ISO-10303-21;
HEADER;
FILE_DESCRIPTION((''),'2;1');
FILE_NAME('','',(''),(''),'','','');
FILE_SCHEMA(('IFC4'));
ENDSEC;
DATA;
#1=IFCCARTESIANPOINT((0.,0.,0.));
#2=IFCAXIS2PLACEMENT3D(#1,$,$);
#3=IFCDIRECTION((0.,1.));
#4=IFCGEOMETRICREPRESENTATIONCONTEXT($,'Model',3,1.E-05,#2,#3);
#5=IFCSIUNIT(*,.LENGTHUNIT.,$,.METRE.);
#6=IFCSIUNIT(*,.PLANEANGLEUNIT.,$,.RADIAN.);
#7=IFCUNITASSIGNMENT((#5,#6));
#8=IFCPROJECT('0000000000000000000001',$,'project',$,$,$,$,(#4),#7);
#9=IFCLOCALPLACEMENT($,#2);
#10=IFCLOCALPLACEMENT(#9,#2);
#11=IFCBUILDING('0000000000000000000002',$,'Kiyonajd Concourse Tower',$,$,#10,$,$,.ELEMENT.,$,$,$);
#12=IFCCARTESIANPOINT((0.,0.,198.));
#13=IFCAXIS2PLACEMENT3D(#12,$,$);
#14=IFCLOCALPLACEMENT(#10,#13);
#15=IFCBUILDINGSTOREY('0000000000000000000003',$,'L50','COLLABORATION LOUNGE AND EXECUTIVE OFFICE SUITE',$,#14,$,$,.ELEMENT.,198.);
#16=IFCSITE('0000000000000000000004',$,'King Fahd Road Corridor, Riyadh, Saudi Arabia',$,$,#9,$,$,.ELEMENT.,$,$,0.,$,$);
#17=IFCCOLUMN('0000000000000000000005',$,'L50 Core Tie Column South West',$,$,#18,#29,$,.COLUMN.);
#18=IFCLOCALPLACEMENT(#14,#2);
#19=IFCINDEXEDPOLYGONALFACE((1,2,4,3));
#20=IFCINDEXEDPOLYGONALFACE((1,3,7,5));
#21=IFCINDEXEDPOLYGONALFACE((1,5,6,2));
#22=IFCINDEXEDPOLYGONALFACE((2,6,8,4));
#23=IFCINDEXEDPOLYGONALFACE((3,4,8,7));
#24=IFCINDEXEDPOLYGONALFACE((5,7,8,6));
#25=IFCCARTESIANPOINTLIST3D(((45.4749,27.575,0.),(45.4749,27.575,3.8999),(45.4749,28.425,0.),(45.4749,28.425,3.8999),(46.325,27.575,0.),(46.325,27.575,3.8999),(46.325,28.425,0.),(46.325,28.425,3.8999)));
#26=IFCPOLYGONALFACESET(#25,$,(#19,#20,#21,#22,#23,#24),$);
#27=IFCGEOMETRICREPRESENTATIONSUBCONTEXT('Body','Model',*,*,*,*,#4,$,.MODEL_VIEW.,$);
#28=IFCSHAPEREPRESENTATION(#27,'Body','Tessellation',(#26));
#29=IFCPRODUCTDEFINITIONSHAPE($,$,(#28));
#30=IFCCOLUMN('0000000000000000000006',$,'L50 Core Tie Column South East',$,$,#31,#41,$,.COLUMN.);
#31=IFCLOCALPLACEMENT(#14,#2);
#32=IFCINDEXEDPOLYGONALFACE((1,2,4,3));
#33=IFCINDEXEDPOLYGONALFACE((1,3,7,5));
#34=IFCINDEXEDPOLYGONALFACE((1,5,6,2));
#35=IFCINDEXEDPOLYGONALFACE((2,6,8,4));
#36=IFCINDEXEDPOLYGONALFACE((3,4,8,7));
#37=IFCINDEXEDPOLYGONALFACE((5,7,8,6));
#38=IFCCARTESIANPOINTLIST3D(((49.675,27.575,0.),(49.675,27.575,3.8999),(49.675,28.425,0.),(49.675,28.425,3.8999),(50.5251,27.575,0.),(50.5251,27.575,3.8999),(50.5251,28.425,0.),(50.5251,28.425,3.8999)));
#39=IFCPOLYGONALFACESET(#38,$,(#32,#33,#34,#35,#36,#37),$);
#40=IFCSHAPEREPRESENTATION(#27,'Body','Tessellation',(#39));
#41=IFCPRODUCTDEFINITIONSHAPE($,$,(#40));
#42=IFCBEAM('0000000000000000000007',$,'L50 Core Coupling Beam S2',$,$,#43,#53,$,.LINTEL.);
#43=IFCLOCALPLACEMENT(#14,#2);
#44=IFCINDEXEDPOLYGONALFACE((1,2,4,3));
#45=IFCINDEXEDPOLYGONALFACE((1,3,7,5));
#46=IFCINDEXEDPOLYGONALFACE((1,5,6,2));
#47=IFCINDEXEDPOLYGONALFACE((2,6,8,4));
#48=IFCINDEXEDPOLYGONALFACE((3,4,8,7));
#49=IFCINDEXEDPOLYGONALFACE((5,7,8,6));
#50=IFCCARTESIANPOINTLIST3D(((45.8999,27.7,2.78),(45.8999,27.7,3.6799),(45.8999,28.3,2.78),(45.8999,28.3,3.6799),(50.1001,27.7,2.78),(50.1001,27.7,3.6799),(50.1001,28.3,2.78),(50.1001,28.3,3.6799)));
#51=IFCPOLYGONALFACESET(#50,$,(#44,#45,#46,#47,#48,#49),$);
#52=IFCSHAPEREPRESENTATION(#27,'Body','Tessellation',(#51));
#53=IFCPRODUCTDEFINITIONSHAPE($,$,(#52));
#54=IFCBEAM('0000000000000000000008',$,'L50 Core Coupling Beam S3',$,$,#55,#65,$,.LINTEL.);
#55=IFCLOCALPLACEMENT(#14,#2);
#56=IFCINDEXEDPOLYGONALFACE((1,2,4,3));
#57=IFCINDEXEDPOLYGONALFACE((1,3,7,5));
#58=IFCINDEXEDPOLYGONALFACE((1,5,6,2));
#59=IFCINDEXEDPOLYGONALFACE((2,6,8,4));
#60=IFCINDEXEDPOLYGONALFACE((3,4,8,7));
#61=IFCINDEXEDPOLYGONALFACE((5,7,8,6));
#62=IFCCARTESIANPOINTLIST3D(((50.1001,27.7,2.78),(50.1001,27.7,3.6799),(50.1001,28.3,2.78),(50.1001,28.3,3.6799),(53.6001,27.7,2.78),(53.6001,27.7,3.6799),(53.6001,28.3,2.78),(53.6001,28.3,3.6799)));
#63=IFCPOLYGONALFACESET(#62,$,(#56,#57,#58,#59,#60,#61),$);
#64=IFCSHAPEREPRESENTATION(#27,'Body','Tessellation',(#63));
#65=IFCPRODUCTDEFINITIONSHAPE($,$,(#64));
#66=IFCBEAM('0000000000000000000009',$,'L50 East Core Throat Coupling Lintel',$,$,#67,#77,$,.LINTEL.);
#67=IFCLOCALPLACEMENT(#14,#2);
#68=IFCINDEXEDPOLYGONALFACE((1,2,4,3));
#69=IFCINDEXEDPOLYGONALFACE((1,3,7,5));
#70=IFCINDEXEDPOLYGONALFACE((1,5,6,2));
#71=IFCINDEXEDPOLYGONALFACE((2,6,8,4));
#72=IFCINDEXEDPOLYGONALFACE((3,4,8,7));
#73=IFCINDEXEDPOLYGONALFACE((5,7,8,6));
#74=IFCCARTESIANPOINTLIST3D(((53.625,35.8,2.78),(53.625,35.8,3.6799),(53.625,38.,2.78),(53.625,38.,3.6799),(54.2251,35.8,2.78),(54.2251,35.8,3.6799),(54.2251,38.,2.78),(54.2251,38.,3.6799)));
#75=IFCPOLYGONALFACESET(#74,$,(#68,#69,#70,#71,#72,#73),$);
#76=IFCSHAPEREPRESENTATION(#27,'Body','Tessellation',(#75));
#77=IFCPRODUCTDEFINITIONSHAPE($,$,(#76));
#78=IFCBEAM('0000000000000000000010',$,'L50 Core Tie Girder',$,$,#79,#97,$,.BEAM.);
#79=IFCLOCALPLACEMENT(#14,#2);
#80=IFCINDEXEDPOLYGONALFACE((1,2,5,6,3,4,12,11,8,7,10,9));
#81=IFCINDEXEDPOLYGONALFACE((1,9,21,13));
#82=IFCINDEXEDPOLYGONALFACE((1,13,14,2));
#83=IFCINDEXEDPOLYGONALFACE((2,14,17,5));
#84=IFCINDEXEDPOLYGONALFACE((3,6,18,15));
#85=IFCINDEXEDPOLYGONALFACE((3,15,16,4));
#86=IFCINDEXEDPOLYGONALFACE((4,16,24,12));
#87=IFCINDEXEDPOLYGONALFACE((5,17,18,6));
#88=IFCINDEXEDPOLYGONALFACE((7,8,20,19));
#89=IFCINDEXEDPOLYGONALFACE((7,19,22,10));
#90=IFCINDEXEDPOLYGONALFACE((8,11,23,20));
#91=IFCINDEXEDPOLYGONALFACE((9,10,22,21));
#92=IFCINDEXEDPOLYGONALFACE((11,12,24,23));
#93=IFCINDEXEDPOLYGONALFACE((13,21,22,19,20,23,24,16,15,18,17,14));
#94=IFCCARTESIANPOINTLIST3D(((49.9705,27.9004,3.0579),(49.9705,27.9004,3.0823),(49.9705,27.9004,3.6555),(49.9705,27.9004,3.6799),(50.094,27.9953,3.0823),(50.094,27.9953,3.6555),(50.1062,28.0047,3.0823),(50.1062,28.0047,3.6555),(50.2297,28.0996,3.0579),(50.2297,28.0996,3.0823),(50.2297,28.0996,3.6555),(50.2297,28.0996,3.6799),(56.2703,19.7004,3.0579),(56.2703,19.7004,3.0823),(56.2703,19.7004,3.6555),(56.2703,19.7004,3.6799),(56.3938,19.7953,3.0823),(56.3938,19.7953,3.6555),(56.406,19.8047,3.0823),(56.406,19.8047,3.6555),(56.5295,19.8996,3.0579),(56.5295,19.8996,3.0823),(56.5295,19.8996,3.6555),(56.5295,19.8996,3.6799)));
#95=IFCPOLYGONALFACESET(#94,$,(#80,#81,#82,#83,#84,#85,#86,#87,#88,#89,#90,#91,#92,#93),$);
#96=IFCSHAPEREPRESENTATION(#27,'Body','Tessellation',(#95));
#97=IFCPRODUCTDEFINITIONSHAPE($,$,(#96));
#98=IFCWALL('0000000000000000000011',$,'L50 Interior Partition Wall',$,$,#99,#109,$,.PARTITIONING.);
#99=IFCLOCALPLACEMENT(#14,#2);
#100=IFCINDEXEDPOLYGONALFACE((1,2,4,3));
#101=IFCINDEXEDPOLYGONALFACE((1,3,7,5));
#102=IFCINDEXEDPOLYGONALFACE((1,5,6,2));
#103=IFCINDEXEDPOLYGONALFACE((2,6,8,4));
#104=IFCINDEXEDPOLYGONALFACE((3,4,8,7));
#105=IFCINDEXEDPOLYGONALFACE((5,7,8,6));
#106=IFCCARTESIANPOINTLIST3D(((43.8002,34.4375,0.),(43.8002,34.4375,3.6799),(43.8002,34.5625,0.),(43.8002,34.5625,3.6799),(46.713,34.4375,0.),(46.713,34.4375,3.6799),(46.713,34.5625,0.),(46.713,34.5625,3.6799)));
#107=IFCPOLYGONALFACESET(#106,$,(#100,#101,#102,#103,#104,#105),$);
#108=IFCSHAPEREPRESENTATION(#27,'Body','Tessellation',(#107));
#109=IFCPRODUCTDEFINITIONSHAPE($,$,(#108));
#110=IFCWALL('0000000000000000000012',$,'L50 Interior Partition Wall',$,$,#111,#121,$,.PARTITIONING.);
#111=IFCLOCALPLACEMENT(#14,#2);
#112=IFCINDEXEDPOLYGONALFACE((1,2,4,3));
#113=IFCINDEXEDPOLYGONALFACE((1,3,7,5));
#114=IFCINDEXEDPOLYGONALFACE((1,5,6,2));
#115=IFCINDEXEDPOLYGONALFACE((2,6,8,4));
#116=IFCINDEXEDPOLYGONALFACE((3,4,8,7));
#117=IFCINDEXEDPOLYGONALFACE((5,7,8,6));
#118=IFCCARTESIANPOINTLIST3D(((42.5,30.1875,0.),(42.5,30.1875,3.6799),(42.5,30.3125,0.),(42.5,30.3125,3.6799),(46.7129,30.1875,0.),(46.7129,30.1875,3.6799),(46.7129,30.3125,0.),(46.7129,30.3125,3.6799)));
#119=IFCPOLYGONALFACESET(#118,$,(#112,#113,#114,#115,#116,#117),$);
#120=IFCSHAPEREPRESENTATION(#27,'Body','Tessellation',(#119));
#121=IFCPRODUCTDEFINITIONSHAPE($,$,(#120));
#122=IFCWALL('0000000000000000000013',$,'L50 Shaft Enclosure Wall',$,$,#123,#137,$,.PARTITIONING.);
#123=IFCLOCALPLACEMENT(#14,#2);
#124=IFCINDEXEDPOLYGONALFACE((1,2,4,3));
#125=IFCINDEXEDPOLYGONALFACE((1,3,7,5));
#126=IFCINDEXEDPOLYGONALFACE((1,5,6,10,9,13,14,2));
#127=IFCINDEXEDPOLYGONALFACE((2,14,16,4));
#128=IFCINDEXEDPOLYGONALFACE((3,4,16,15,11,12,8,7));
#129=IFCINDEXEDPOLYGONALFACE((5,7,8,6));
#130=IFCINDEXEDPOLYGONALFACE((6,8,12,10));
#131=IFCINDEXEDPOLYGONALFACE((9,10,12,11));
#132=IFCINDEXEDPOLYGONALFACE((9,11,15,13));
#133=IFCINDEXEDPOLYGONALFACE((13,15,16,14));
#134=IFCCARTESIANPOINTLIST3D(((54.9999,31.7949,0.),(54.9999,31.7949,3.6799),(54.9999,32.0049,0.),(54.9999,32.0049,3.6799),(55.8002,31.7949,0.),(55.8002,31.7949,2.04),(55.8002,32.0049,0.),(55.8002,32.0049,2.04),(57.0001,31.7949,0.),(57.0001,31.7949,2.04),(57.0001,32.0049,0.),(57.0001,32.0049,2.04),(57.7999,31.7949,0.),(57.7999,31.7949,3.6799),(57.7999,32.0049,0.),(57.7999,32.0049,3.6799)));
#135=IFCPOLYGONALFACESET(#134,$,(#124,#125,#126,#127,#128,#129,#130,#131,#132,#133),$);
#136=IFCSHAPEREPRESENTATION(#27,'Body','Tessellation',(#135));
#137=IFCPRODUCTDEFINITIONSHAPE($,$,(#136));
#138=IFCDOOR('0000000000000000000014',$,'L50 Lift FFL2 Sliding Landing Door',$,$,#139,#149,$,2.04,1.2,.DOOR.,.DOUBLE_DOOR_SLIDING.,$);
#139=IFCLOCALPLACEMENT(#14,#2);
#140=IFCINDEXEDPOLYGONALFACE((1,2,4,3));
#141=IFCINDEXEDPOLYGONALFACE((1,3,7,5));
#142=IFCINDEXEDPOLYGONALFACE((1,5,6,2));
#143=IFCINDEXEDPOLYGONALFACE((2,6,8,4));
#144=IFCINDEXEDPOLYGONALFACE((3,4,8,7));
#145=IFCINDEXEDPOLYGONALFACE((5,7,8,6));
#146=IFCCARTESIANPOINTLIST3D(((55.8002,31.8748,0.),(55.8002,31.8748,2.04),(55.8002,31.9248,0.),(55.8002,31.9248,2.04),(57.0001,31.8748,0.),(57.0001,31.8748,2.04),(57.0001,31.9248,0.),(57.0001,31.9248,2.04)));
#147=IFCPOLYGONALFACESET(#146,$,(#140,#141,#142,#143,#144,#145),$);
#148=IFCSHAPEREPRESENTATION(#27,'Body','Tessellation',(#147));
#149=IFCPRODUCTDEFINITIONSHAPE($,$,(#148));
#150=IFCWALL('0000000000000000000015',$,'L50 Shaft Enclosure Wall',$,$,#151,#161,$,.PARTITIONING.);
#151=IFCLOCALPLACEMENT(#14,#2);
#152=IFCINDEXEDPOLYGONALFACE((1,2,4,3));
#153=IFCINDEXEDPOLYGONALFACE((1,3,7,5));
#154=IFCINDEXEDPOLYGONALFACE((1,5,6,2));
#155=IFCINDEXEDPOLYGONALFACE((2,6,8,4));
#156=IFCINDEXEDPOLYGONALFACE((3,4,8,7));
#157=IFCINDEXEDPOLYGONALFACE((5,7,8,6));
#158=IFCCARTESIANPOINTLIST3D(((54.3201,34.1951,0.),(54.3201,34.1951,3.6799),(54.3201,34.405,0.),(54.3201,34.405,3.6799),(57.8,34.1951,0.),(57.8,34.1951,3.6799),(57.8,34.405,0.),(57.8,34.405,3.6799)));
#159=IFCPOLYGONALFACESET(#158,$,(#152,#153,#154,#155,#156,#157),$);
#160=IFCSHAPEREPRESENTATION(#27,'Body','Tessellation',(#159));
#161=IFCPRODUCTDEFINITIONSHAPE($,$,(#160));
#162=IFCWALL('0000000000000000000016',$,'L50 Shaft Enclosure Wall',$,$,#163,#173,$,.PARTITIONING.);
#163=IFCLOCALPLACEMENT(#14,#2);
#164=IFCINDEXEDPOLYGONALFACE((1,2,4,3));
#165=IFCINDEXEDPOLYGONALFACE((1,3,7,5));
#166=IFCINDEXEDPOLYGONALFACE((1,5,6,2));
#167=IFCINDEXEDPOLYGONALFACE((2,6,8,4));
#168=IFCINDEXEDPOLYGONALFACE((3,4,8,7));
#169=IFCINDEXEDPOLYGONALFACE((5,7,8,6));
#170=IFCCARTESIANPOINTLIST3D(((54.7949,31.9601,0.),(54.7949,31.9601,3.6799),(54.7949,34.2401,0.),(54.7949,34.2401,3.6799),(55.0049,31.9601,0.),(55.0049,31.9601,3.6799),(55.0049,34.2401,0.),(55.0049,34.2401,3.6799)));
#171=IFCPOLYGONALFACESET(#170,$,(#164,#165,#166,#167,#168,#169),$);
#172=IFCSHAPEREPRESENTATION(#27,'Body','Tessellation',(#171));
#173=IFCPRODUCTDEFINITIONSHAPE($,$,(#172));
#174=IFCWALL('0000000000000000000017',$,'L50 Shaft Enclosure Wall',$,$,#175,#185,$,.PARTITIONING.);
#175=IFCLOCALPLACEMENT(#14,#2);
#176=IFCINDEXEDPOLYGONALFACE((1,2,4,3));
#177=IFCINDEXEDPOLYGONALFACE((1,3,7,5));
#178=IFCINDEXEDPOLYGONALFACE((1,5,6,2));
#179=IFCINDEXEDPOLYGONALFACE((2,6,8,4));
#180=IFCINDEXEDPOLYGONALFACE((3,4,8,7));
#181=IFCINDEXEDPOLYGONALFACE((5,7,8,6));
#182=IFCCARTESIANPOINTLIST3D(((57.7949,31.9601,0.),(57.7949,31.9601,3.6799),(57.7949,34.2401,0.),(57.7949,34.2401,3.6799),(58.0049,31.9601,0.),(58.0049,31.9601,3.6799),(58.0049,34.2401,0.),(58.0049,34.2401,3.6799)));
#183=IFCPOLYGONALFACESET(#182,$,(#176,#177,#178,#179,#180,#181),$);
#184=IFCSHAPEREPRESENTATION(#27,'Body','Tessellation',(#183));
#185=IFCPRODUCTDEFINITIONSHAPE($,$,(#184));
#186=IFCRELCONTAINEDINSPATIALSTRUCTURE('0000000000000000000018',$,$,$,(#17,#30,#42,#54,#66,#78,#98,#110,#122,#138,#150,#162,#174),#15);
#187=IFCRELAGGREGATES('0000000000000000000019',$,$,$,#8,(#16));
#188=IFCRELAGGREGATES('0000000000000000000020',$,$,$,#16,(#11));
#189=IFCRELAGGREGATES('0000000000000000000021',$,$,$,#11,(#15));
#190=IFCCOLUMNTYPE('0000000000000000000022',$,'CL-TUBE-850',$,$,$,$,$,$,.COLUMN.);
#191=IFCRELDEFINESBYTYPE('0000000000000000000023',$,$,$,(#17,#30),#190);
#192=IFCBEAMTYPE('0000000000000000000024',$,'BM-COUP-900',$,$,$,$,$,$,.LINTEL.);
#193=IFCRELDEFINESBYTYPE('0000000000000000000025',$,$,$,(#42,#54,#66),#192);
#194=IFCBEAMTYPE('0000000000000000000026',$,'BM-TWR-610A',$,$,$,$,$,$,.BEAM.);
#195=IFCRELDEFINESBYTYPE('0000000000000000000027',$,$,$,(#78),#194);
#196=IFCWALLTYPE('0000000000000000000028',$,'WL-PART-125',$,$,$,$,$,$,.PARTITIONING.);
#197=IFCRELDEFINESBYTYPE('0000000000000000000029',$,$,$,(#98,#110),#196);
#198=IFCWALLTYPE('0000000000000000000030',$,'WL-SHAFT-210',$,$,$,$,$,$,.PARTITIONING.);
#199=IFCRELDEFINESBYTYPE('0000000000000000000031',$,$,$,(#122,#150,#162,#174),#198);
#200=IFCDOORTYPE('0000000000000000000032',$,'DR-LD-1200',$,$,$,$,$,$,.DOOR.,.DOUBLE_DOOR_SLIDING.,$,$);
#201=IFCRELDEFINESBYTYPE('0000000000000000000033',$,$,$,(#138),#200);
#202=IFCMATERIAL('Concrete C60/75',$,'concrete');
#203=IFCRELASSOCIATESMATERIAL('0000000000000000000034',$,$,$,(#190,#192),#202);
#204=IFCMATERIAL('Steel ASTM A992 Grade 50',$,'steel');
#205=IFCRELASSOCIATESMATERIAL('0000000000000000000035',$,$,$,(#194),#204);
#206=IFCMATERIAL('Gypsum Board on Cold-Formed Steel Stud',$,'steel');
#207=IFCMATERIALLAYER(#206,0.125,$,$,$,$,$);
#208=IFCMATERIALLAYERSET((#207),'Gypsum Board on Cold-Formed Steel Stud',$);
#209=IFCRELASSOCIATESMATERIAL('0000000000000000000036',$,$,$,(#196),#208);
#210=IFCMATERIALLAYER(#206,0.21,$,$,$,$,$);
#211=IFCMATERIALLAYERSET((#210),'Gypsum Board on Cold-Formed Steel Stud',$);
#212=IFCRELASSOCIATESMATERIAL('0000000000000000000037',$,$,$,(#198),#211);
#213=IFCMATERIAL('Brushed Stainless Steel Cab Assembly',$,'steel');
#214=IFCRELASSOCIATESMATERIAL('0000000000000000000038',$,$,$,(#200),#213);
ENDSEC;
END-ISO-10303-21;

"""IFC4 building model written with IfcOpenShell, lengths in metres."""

from ifc_helpers import new_model, si_unit, direction, frame, frame_2d, origin, origin_2d, place, context, subcontext, project, spatial, rectangle, i_section, extrude, material, layer, layer_set, material_profile, profile_set, type_object, element, fill, save


model = new_model("IFC4")

# Units and contexts
model_context = context("Model", 3, precision=1e-05, world=origin(), true_north=direction((0.0, 1.0)))
body_context = subcontext(model_context, "Body", "Model", "MODEL_VIEW")
ifc_project = project(units=[si_unit("LENGTHUNIT", "METRE"), si_unit("PLANEANGLEUNIT", "RADIAN")], contexts=[model_context])

# Site, building, storey
site_placement = place(None, origin())
site = spatial("IfcSite", under=ifc_project, at=site_placement, Name="King Fahd Road Corridor, Riyadh, Saudi Arabia", CompositionType="ELEMENT", RefElevation=0.0)
building_placement = place(site_placement, origin())
building = spatial("IfcBuilding", under=site, at=building_placement, Name="Kiyonajd Concourse Tower", CompositionType="ELEMENT")
storey_placement = place(building_placement, frame((0.0, 0.0, 198.0)))
storey = spatial("IfcBuildingStorey", under=building, at=storey_placement, Name="L50", Description="COLLABORATION LOUNGE AND EXECUTIVE OFFICE SUITE", CompositionType="ELEMENT", Elevation=198.0)

# Columns
ifc_material_1 = material(Name="Concrete C60/75", Category="concrete")
ifc_material_profile_1 = material_profile(ifc_material_1, rectangle(XDim=0.8501, YDim=0.8501, at=origin_2d()), Name="RC-850x850")
ifc_profile_set_1 = profile_set([ifc_material_profile_1], Name="Concrete C60/75")
column_type = type_object("IfcColumnType", Name="CL-TUBE-850", PredefinedType="COLUMN", material=ifc_profile_set_1)
for number, where, z_axis, x_axis, name in (
    (1, (45.8999, 28.0, 0.0), (0.0, 0.0, 1.0), (1.0, 0.0, 0.0), "L50 Core Tie Column South West"),
    (2, (50.1001, 28.0, 0.0), (0.0, 0.0, 1.0), (1.0, 0.0, 0.0), "L50 Core Tie Column South East"),
):
    element("IfcColumn", number, at=place(storey_placement, frame(where, z_axis=z_axis, x_axis=x_axis)), inside=storey, type_object=column_type, Name=name, PredefinedType="COLUMN", context=body_context, shape_type="SweptSolid", body=[
        extrude(rectangle(XDim=0.8501, YDim=0.8501, at=origin_2d()), origin(), (0.0, 0.0, 1.0), 3.8999),
    ])

# Beams
ifc_material_profile_2 = material_profile(ifc_material_1, rectangle(XDim=0.6001, YDim=0.8999, at=origin_2d()), Name="RCBM-600x900")
ifc_profile_set_2 = profile_set([ifc_material_profile_2], Name="Concrete C60/75")
beam_type_1 = type_object("IfcBeamType", Name="BM-COUP-900", PredefinedType="LINTEL", material=ifc_profile_set_2)
beam_1_placement = place(storey_placement, frame((45.8999, 28.0, 3.23), z_axis=(1.0, 0.0, 0.0), x_axis=(0.0, 1.0, 0.0)))
element("IfcBeam", 3, at=beam_1_placement, inside=storey, type_object=beam_type_1, Name="L50 Core Coupling Beam S2", PredefinedType="LINTEL", context=body_context, shape_type="SweptSolid", body=[
    extrude(rectangle(XDim=0.6001, YDim=0.8999, at=origin_2d()), origin(), (0.0, 0.0, 1.0), 4.2002),
])
beam_2_placement = place(storey_placement, frame((50.1001, 28.0, 3.23), z_axis=(1.0, 0.0, 0.0), x_axis=(0.0, 1.0, 0.0)))
element("IfcBeam", 4, at=beam_2_placement, inside=storey, type_object=beam_type_1, Name="L50 Core Coupling Beam S3", PredefinedType="LINTEL", context=body_context, shape_type="SweptSolid", body=[
    extrude(rectangle(XDim=0.6001, YDim=0.8999, at=origin_2d()), origin(), (0.0, 0.0, 1.0), 3.5),
])
beam_3_placement = place(storey_placement, frame((53.925, 35.8, 3.23), z_axis=(0.0, 1.0, 0.0), x_axis=(-1.0, 0.0, 0.0)))
element("IfcBeam", 5, at=beam_3_placement, inside=storey, type_object=beam_type_1, Name="L50 East Core Throat Coupling Lintel", PredefinedType="LINTEL", context=body_context, shape_type="SweptSolid", body=[
    extrude(rectangle(XDim=0.6001, YDim=0.8999, at=origin_2d()), origin(), (0.0, 0.0, 1.0), 2.2),
])
ifc_material_2 = material(Name="Steel ASTM A992 Grade 50", Category="steel")
ifc_material_profile_3 = material_profile(ifc_material_2, i_section(OverallWidth=0.3269, OverallDepth=0.6221, WebThickness=0.0154, FlangeThickness=0.0244, at=origin_2d()), Name="W610X195")
ifc_profile_set_3 = profile_set([ifc_material_profile_3], Name="Steel ASTM A992 Grade 50")
beam_type_2 = type_object("IfcBeamType", Name="BM-TWR-610A", PredefinedType="BEAM", material=ifc_profile_set_3)
beam_4_placement = place(storey_placement, frame((50.1001, 28.0, 3.3689), z_axis=(0.609234, -0.792991, 0.0), x_axis=(0.792991, 0.609234, 0.0)))
element("IfcBeam", 6, at=beam_4_placement, inside=storey, type_object=beam_type_2, Name="L50 Core Tie Girder", PredefinedType="BEAM", context=body_context, shape_type="SweptSolid", body=[
    extrude(i_section(OverallWidth=0.3269, OverallDepth=0.6221, WebThickness=0.0154, FlangeThickness=0.0244, at=origin_2d()), origin(), (0.0, 0.0, 1.0), 10.3406),
])

# Walls
ifc_material_3 = material(Name="Gypsum Board on Cold-Formed Steel Stud", Category="steel")
ifc_layer_1 = layer(ifc_material_3, 0.125)
ifc_layer_set_1 = layer_set([ifc_layer_1], Name="Gypsum Board on Cold-Formed Steel Stud")
wall_type_1 = type_object("IfcWallType", Name="WL-PART-125", PredefinedType="PARTITIONING", material=ifc_layer_set_1)
wall_1_placement = place(storey_placement, frame((43.8, 34.5, 0.0), z_axis=(0.0, 0.0, 1.0), x_axis=(1.0, 0.0, 0.0)))
element("IfcWall", 7, at=wall_1_placement, inside=storey, type_object=wall_type_1, Name="L50 Interior Partition Wall", PredefinedType="PARTITIONING", context=body_context, shape_type="SweptSolid", body=[
    extrude(rectangle(XDim=2.9128, YDim=0.125, at=frame_2d((1.4565, 0.0))), origin(), (0.0, 0.0, 1.0), 3.6799),
])
wall_2_placement = place(storey_placement, frame((42.5, 30.25, 0.0), z_axis=(0.0, 0.0, 1.0), x_axis=(1.0, 0.0, 0.0)))
element("IfcWall", 8, at=wall_2_placement, inside=storey, type_object=wall_type_1, Name="L50 Interior Partition Wall", PredefinedType="PARTITIONING", context=body_context, shape_type="SweptSolid", body=[
    extrude(rectangle(XDim=4.2129, YDim=0.125, at=frame_2d((2.1064, 0.0))), origin(), (0.0, 0.0, 1.0), 3.6799),
])

# Wall, opening, door
ifc_layer_2 = layer(ifc_material_3, 0.21)
ifc_layer_set_2 = layer_set([ifc_layer_2], Name="Gypsum Board on Cold-Formed Steel Stud")
wall_type_2 = type_object("IfcWallType", Name="WL-SHAFT-210", PredefinedType="PARTITIONING", material=ifc_layer_set_2)
wall_3_placement = place(storey_placement, frame((55.0, 31.8999, 0.0), z_axis=(0.0, 0.0, 1.0), x_axis=(1.0, 0.0, 0.0)))
wall_3 = element("IfcWall", 9, at=wall_3_placement, inside=storey, type_object=wall_type_2, Name="L50 Shaft Enclosure Wall", PredefinedType="PARTITIONING", context=body_context, shape_type="SweptSolid", body=[
    extrude(rectangle(XDim=2.8, YDim=0.21, at=frame_2d((1.3999, 0.0))), origin(), (0.0, 0.0, 1.0), 3.6799),
])
opening_1_placement = place(wall_3_placement, frame((0.8, 0.0, 0.0)))
opening_1 = element("IfcOpeningElement", 10, at=opening_1_placement, cuts=wall_3, PredefinedType="OPENING", context=body_context, shape_type="SweptSolid", body=[
    extrude(rectangle(XDim=1.2, YDim=2.04, at=frame_2d((0.6001, 1.02))), frame((0.0, 0.115, 0.0), z_axis=(0.0, -1.0, 0.0), x_axis=(1.0, 0.0, 0.0)), (0.0, 0.0, 1.0), 0.23),
])
ifc_material_4 = material(Name="Brushed Stainless Steel Cab Assembly", Category="steel")
door_type_1 = type_object("IfcDoorType", Name="DR-LD-1200", OperationType="DOUBLE_DOOR_SLIDING", PredefinedType="DOOR", material=ifc_material_4)
door_1_placement = place(opening_1_placement, origin())
door_1 = element("IfcDoor", 11, at=door_1_placement, inside=storey, type_object=door_type_1, Name="L50 Lift FFL2 Sliding Landing Door", OperationType="DOUBLE_DOOR_SLIDING", OverallHeight=2.04, OverallWidth=1.2, PredefinedType="DOOR", context=body_context, shape_type="SweptSolid", body=[
    extrude(rectangle(XDim=1.2, YDim=2.04, at=frame_2d((0.6001, 1.02))), frame((0.0, 0.0249, 0.0), z_axis=(0.0, -1.0, 0.0), x_axis=(1.0, 0.0, 0.0)), (0.0, 0.0, 1.0), 0.05),
])
fill(opening_1, door_1)

# Walls
wall_4_placement = place(storey_placement, frame((54.3201, 34.3, 0.0), z_axis=(0.0, 0.0, 1.0), x_axis=(1.0, 0.0, 0.0)))
element("IfcWall", 12, at=wall_4_placement, inside=storey, type_object=wall_type_2, Name="L50 Shaft Enclosure Wall", PredefinedType="PARTITIONING", context=body_context, shape_type="SweptSolid", body=[
    extrude(rectangle(XDim=3.48, YDim=0.21, at=frame_2d((1.74, 0.0))), origin(), (0.0, 0.0, 1.0), 3.6799),
])
for number, where, z_axis, x_axis, name in (
    (13, (54.8999, 31.96, 0.0), (0.0, 0.0, 1.0), (0.0, 1.0, 0.0), "L50 Shaft Enclosure Wall"),
    (14, (57.8999, 31.96, 0.0), (0.0, 0.0, 1.0), (0.0, 1.0, 0.0), "L50 Shaft Enclosure Wall"),
):
    element("IfcWall", number, at=place(storey_placement, frame(where, z_axis=z_axis, x_axis=x_axis)), inside=storey, type_object=wall_type_2, Name=name, PredefinedType="PARTITIONING", context=body_context, shape_type="SweptSolid", body=[
        extrude(rectangle(XDim=2.28, YDim=0.21, at=frame_2d((1.1401, 0.0))), origin(), (0.0, 0.0, 1.0), 3.6799),
    ])

save(model, "model.ifc")
